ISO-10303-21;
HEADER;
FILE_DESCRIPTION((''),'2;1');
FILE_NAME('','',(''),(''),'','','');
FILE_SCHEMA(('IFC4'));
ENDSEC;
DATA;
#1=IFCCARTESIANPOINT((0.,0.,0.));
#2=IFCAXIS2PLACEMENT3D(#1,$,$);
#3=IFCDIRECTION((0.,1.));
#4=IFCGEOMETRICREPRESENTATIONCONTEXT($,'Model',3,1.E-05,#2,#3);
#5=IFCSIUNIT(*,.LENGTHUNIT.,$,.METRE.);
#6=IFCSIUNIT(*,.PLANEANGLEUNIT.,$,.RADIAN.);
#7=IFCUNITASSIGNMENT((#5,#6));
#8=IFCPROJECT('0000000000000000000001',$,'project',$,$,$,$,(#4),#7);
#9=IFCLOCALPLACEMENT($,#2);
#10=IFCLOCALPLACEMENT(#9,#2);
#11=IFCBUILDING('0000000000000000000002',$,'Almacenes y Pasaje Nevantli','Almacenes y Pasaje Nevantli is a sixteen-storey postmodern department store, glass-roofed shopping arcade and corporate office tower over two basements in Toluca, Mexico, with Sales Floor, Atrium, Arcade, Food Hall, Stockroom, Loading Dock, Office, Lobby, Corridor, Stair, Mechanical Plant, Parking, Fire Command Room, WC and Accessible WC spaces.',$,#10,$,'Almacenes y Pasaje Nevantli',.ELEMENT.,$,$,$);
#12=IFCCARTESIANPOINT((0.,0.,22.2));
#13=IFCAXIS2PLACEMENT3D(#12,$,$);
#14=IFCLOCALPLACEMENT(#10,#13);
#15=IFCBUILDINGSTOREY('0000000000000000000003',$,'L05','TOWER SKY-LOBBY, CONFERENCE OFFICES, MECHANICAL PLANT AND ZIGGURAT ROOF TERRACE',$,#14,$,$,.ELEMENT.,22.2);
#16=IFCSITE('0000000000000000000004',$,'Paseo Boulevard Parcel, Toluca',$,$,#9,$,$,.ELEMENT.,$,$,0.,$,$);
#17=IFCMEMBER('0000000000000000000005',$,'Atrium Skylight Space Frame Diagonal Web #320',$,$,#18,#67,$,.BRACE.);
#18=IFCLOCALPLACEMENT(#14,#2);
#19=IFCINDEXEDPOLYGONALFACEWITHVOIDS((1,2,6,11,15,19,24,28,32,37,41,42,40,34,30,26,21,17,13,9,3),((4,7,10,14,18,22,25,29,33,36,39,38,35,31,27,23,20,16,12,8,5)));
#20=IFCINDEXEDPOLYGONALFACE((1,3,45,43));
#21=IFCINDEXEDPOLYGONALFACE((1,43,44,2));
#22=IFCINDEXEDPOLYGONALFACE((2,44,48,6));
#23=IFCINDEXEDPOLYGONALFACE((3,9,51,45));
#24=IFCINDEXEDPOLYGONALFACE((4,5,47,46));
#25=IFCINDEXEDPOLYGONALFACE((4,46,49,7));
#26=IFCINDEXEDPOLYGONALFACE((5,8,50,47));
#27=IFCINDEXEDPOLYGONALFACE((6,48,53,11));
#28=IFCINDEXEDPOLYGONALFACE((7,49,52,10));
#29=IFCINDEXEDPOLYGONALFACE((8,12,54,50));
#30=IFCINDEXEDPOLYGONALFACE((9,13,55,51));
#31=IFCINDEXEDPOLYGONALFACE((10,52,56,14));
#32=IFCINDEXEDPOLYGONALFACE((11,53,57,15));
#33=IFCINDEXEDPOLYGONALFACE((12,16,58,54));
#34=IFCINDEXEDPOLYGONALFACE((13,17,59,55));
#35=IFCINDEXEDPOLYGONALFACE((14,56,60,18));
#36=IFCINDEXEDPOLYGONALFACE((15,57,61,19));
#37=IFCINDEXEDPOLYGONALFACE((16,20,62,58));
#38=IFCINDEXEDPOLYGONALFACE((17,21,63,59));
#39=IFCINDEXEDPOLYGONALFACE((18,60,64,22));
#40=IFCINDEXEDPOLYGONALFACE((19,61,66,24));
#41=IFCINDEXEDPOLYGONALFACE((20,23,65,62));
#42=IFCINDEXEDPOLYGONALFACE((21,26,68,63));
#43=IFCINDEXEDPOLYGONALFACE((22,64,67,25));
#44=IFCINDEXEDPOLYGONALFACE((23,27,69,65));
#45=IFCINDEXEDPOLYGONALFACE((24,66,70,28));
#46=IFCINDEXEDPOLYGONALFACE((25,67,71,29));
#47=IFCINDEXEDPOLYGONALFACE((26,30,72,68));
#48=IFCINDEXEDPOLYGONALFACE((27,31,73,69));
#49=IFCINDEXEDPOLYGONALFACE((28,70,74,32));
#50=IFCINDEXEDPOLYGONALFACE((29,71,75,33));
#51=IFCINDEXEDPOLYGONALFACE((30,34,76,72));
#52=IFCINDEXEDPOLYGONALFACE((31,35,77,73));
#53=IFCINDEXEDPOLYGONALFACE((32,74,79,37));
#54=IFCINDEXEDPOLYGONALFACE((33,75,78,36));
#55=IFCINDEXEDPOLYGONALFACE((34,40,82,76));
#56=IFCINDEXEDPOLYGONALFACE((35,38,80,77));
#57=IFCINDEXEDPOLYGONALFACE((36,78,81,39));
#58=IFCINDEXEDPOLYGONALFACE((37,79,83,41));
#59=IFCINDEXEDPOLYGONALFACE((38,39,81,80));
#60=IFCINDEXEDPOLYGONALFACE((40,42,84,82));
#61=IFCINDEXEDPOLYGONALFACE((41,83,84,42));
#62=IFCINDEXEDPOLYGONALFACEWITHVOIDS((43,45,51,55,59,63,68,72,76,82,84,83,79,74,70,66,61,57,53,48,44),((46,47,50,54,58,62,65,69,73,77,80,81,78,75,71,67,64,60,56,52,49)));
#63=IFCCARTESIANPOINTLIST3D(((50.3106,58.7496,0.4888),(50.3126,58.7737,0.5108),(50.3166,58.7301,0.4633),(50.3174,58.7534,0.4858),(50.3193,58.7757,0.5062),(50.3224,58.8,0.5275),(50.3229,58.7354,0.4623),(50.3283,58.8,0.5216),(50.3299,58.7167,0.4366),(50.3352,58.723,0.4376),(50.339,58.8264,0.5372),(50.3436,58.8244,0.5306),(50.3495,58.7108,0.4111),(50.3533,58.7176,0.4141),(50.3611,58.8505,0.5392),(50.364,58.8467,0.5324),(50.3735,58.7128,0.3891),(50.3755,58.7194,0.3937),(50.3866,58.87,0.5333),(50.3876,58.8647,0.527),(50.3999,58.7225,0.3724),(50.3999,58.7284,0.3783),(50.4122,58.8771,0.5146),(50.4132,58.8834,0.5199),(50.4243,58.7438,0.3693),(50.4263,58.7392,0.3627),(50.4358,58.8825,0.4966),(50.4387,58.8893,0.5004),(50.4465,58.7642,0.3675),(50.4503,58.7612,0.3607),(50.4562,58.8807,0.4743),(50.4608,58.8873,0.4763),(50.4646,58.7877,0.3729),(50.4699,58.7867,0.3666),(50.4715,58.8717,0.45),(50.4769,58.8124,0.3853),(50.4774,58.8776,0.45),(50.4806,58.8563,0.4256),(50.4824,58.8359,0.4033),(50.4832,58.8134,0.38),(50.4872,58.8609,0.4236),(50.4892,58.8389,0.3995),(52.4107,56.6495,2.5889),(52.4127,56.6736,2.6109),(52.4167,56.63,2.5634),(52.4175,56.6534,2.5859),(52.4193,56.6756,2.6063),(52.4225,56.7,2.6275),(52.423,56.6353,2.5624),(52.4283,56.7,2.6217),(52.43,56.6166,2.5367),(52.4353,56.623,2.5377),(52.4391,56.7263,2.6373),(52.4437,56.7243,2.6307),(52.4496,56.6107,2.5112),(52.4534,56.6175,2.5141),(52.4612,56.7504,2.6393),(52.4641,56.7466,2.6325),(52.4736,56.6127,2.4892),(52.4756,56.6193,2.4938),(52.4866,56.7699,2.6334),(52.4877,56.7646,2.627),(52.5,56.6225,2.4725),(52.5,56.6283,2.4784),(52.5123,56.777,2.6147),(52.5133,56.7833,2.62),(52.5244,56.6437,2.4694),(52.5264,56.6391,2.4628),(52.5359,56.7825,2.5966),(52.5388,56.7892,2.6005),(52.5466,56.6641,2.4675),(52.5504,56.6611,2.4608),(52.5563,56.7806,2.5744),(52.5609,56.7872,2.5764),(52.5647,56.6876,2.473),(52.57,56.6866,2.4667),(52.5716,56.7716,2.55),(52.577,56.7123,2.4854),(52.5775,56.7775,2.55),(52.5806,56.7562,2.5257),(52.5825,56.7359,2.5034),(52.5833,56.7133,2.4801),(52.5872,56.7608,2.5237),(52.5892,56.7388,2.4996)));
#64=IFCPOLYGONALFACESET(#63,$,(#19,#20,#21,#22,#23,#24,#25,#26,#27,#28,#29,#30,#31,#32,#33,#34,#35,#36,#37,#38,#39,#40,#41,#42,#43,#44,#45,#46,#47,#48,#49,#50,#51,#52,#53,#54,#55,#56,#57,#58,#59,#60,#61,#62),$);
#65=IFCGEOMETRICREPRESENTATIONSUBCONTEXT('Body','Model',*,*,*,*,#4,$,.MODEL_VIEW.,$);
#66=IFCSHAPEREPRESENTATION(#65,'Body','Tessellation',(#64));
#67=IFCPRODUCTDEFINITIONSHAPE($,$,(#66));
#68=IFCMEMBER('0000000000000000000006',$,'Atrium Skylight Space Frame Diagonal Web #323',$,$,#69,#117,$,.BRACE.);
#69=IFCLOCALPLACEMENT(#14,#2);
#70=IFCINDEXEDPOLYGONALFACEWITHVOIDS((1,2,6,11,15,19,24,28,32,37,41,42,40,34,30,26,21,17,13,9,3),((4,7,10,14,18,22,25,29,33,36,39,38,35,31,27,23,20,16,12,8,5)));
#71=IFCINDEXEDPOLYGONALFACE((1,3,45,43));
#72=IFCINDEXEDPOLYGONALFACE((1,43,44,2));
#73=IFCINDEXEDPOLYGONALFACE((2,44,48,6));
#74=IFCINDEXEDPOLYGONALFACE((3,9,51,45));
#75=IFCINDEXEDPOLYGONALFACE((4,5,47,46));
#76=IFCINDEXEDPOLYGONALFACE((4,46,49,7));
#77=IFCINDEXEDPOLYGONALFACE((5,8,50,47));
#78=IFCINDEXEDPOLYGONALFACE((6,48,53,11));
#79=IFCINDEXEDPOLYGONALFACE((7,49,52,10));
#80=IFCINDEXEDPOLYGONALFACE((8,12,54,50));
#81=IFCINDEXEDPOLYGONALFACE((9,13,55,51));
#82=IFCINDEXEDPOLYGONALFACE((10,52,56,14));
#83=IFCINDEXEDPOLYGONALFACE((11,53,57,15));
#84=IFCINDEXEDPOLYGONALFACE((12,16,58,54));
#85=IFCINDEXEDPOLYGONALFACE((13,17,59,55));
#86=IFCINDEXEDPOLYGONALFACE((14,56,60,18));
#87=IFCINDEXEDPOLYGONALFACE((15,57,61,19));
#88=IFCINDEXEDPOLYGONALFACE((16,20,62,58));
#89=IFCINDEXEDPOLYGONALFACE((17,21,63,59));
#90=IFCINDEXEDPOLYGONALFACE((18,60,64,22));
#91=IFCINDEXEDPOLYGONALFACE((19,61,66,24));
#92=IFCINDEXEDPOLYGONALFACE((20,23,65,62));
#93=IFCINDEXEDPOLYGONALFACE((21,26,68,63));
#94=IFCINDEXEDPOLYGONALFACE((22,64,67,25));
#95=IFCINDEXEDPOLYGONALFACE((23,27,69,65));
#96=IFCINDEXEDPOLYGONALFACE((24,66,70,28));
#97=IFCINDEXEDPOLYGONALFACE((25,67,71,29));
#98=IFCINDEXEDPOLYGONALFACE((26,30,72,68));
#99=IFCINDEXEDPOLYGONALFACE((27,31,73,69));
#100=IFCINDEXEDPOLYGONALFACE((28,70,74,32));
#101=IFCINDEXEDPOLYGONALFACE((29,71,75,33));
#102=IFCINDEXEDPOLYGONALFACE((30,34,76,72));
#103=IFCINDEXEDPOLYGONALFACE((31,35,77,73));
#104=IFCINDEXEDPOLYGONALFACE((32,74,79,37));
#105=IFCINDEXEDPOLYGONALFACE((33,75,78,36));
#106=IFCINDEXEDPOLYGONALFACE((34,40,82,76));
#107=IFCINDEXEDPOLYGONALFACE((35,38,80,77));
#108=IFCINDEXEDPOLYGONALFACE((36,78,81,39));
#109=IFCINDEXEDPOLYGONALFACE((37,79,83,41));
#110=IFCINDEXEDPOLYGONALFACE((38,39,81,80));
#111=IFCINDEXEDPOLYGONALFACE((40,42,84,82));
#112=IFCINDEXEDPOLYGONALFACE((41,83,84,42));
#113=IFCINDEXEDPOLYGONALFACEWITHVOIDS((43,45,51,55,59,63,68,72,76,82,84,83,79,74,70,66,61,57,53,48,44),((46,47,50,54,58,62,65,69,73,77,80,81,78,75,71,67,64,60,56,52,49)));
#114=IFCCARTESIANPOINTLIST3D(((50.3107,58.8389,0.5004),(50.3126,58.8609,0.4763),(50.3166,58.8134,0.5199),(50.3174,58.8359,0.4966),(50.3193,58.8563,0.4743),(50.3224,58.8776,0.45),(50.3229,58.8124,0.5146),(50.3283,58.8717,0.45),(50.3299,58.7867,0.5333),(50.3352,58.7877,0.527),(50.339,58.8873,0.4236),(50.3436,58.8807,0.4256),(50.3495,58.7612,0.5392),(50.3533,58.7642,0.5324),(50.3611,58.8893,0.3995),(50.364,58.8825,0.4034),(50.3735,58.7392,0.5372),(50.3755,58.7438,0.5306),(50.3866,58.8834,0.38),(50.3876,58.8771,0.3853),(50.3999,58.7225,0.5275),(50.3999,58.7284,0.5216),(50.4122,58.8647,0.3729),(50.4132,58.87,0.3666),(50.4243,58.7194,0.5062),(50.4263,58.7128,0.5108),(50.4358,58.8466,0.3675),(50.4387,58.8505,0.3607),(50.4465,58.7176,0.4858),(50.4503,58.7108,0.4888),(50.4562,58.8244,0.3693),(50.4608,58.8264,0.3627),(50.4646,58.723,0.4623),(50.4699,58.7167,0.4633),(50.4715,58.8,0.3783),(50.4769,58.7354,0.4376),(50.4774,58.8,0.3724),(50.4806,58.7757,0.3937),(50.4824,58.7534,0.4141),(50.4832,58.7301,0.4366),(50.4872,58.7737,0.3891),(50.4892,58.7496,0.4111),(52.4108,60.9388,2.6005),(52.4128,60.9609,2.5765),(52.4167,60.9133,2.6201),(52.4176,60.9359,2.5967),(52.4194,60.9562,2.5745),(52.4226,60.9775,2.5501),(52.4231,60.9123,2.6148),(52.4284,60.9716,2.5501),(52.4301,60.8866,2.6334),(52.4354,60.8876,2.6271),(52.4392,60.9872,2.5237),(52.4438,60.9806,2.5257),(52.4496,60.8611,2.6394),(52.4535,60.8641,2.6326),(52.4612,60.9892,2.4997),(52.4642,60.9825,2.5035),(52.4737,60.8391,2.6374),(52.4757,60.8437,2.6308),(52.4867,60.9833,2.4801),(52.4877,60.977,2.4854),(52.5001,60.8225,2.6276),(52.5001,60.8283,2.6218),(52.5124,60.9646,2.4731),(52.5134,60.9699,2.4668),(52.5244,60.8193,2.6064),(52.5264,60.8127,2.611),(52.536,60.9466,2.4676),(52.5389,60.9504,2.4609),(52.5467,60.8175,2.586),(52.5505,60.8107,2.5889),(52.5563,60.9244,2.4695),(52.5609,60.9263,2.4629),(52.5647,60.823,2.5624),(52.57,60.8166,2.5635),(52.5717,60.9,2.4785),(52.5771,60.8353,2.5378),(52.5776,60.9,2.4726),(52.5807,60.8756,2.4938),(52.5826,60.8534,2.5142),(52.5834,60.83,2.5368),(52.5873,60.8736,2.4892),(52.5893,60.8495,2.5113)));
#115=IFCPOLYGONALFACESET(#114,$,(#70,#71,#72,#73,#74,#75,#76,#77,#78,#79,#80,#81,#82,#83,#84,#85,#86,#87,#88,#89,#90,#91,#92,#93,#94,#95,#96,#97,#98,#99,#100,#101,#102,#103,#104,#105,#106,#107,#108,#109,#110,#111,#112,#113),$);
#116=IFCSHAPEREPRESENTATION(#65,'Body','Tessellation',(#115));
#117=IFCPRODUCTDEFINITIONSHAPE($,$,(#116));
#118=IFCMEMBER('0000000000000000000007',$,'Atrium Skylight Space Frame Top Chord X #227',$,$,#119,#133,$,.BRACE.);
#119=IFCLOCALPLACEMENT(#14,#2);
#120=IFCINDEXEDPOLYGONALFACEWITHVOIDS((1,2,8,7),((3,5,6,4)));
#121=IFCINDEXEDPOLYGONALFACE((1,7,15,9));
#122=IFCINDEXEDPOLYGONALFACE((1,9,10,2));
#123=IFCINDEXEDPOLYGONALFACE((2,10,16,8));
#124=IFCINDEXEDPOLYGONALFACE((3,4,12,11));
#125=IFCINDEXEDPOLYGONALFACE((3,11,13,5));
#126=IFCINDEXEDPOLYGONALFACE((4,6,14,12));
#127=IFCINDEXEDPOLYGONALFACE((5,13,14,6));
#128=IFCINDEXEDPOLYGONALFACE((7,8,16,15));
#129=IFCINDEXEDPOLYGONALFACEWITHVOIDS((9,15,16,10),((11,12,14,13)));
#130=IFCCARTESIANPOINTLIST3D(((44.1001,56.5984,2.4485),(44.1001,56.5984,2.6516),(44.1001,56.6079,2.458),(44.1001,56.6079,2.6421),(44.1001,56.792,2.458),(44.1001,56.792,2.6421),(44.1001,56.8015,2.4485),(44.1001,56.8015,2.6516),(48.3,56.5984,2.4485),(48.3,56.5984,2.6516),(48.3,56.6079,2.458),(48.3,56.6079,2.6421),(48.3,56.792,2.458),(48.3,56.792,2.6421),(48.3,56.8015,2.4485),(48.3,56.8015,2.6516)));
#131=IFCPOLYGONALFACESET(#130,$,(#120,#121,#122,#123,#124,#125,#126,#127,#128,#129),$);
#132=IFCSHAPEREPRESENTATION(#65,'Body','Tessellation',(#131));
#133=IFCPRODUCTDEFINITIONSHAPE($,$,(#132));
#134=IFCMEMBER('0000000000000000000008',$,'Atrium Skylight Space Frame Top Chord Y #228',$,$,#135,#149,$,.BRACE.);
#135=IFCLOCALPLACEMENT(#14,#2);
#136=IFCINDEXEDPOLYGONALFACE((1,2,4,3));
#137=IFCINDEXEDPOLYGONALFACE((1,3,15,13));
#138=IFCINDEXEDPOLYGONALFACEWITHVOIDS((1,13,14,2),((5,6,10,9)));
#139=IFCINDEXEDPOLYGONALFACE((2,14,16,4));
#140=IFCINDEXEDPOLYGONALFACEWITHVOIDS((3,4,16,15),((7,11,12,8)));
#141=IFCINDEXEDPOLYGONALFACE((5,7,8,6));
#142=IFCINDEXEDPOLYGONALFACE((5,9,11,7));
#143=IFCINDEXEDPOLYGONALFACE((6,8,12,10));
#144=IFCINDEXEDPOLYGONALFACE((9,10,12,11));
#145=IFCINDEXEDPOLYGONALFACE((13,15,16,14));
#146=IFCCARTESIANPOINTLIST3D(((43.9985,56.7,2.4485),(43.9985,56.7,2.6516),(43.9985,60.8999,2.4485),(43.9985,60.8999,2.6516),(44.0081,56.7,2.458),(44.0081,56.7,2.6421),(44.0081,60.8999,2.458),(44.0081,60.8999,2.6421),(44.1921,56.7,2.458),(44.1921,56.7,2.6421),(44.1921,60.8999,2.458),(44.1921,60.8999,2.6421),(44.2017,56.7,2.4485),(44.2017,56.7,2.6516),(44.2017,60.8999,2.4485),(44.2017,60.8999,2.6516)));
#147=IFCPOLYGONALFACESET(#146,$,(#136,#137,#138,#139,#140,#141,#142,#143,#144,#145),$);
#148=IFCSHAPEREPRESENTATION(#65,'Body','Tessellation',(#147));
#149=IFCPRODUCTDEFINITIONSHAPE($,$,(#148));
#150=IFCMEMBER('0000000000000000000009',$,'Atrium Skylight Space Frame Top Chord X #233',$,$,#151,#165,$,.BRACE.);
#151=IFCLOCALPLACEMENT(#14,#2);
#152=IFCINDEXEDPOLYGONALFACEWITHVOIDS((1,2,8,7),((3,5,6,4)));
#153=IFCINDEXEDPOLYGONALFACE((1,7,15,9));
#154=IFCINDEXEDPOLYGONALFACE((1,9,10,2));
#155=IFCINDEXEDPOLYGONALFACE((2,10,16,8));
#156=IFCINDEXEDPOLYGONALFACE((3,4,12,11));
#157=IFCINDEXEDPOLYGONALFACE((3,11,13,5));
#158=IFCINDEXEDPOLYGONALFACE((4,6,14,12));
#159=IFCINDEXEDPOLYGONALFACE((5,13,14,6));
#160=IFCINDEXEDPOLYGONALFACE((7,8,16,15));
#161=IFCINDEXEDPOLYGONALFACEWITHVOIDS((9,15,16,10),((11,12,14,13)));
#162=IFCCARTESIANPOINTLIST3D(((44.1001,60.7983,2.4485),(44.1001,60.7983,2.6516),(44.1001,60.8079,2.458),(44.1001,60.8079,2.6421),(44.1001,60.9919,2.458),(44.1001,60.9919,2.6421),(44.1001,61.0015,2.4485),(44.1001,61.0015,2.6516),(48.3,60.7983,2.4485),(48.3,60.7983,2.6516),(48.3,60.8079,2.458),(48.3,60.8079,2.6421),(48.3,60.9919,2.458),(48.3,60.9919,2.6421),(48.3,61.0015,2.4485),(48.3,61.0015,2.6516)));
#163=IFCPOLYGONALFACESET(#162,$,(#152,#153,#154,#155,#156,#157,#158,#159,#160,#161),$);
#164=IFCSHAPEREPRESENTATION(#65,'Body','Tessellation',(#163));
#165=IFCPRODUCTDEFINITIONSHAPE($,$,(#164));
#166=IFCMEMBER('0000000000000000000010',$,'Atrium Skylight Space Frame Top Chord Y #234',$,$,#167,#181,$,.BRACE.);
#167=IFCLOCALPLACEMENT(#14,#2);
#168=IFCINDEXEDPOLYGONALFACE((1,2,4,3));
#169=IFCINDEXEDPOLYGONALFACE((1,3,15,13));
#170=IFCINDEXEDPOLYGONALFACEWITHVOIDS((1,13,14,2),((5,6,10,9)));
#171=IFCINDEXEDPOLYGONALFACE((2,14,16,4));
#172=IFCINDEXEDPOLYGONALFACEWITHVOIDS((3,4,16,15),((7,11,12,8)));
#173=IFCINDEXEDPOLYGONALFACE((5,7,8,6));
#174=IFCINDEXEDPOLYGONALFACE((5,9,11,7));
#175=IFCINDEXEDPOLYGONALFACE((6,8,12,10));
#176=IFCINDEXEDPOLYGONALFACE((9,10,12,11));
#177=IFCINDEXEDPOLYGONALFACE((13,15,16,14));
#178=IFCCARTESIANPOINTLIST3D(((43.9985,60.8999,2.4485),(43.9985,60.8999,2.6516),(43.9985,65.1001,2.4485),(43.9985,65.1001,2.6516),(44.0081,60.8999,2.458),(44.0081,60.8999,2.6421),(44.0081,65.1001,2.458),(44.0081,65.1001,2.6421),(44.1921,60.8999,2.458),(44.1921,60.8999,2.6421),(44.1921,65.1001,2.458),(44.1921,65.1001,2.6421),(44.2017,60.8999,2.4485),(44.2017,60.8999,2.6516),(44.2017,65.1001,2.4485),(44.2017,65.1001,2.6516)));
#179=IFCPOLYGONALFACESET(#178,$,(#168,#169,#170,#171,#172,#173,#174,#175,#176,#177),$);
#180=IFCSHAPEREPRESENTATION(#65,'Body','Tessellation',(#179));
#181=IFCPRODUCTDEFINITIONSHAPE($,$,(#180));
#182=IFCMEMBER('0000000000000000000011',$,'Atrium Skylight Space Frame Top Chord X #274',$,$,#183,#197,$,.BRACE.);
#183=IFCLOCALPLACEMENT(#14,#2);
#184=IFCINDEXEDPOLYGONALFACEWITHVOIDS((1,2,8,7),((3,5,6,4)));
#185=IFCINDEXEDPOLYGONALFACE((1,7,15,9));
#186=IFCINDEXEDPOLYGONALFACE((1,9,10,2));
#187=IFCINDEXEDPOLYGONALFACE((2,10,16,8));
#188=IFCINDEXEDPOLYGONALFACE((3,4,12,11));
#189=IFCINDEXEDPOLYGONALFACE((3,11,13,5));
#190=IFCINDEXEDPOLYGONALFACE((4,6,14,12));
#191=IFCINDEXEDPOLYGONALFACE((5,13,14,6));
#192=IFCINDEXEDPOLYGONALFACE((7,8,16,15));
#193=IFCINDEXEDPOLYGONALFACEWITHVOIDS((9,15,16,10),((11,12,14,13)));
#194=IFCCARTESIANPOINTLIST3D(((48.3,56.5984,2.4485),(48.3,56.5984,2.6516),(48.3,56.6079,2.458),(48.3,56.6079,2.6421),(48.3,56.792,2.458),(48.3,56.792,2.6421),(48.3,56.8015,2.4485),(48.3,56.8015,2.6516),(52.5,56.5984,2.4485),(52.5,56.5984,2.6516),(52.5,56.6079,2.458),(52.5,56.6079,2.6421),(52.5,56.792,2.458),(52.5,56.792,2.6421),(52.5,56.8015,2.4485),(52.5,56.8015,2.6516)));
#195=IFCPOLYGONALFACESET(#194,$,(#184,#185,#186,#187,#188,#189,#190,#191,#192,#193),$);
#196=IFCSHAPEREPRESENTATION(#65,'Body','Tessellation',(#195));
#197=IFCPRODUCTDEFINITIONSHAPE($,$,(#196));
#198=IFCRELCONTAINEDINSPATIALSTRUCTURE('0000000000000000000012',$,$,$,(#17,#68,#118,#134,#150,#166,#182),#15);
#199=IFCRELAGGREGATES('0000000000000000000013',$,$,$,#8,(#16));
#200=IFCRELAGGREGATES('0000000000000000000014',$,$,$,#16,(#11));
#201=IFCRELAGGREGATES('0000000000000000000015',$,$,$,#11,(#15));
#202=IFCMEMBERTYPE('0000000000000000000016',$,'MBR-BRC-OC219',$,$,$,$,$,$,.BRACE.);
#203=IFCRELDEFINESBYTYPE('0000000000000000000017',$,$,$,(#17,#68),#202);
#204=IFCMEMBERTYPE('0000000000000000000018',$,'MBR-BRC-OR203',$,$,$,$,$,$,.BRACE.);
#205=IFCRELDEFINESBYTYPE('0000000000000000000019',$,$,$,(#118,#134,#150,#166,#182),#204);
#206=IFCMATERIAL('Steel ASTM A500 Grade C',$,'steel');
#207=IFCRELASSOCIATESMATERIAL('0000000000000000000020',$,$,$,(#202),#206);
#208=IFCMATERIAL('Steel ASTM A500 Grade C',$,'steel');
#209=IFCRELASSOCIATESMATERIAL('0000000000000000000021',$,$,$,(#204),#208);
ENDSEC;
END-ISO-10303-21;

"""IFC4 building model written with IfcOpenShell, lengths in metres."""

from ifc_helpers import new_model, si_unit, direction, frame, origin, origin_2d, place, context, subcontext, project, spatial, hollow_rectangle, hollow_circle, extrude, material, material_profile, profile_set, type_object, element, save


model = new_model("IFC4")

# Units and contexts
model_context = context("Model", 3, precision=1e-05, world=origin(), true_north=direction((0.0, 1.0)))
body_context = subcontext(model_context, "Body", "Model", "MODEL_VIEW")
ifc_project = project(units=[si_unit("LENGTHUNIT", "METRE"), si_unit("PLANEANGLEUNIT", "RADIAN")], contexts=[model_context])

# Site, building, storey
site_placement = place(None, origin())
site = spatial("IfcSite", under=ifc_project, at=site_placement, Name="Paseo Boulevard Parcel, Toluca", CompositionType="ELEMENT", RefElevation=0.0)
building_placement = place(site_placement, origin())
building = spatial("IfcBuilding", under=site, at=building_placement, Name="Almacenes y Pasaje Nevantli", Description="Almacenes y Pasaje Nevantli is a sixteen-storey postmodern department store, glass-roofed shopping arcade and corporate office tower over two basements in Toluca, Mexico, with Sales Floor, Atrium, Arcade, Food Hall, Stockroom, Loading Dock, Office, Lobby, Corridor, Stair, Mechanical Plant, Parking, Fire Command Room, WC and Accessible WC spaces.", LongName="Almacenes y Pasaje Nevantli", CompositionType="ELEMENT")
storey_placement = place(building_placement, frame((0.0, 0.0, 22.2)))
storey = spatial("IfcBuildingStorey", under=building, at=storey_placement, Name="L05", Description="TOWER SKY-LOBBY, CONFERENCE OFFICES, MECHANICAL PLANT AND ZIGGURAT ROOF TERRACE", CompositionType="ELEMENT", Elevation=22.2)

# Members
ifc_material_1 = material(Name="Steel ASTM A500 Grade C", Category="steel")
ifc_material_profile_1 = material_profile(ifc_material_1, hollow_circle(Radius=0.1096, WallThickness=0.0083, at=origin_2d()), Name="OC 219x8.2")
ifc_profile_set_1 = profile_set([ifc_material_profile_1], Name="Steel ASTM A500 Grade C")
member_type_1 = type_object("IfcMemberType", Name="MBR-BRC-OC219", PredefinedType="BRACE", material=ifc_profile_set_1)
for number, where, z_axis, x_axis, name in (
    (1, (50.3999, 58.8, 0.45), (0.57735, -0.57735, 0.57735), (0.707107, 0.707107, 0.0), "Atrium Skylight Space Frame Diagonal Web #320"),
    (2, (50.3999, 58.8, 0.45), (0.577373, 0.577306, 0.577373), (-0.707066, 0.707148, 0.0), "Atrium Skylight Space Frame Diagonal Web #323"),
):
    element("IfcMember", number, at=place(storey_placement, frame(where, z_axis=z_axis, x_axis=x_axis)), inside=storey, type_object=member_type_1, Name=name, PredefinedType="BRACE", context=body_context, shape_type="SweptSolid", body=[
        extrude(hollow_circle(Radius=0.1096, WallThickness=0.0083, at=origin_2d()), origin(), (0.0, 0.0, 1.0), 3.6375),
    ])
ifc_material_2 = material(Name="Steel ASTM A500 Grade C", Category="steel")
ifc_material_profile_2 = material_profile(ifc_material_2, hollow_rectangle(XDim=0.2031, YDim=0.2031, WallThickness=0.0095, at=origin_2d()), Name="OR 203x203x9.5")
ifc_profile_set_2 = profile_set([ifc_material_profile_2], Name="Steel ASTM A500 Grade C")
member_type_2 = type_object("IfcMemberType", Name="MBR-BRC-OR203", PredefinedType="BRACE", material=ifc_profile_set_2)
for number, where, z_axis, x_axis, name in (
    (3, (44.1001, 56.7, 2.55), (1.0, 0.0, 0.0), (0.0, 1.0, 0.0), "Atrium Skylight Space Frame Top Chord X #227"),
    (4, (44.1001, 56.7, 2.55), (0.0, 1.0, 0.0), (-1.0, 0.0, 0.0), "Atrium Skylight Space Frame Top Chord Y #228"),
    (5, (44.1001, 60.8999, 2.55), (1.0, 0.0, 0.0), (0.0, 1.0, 0.0), "Atrium Skylight Space Frame Top Chord X #233"),
):
    element("IfcMember", number, at=place(storey_placement, frame(where, z_axis=z_axis, x_axis=x_axis)), inside=storey, type_object=member_type_2, Name=name, PredefinedType="BRACE", context=body_context, shape_type="SweptSolid", body=[
        extrude(hollow_rectangle(XDim=0.2031, YDim=0.2031, WallThickness=0.0095, at=origin_2d()), origin(), (0.0, 0.0, 1.0), 4.2),
    ])
member_1_placement = place(storey_placement, frame((44.1001, 60.8999, 2.55), z_axis=(0.0, 1.0, 0.0), x_axis=(-1.0, 0.0, 0.0)))
element("IfcMember", 6, at=member_1_placement, inside=storey, type_object=member_type_2, Name="Atrium Skylight Space Frame Top Chord Y #234", PredefinedType="BRACE", context=body_context, shape_type="SweptSolid", body=[
    extrude(hollow_rectangle(XDim=0.2031, YDim=0.2031, WallThickness=0.0095, at=origin_2d()), origin(), (0.0, 0.0, 1.0), 4.2002),
])
for number, where, z_axis, x_axis, name in (
    (7, (48.3, 56.7, 2.55), (1.0, 0.0, 0.0), (0.0, 1.0, 0.0), "Atrium Skylight Space Frame Top Chord X #274"),
):
    element("IfcMember", number, at=place(storey_placement, frame(where, z_axis=z_axis, x_axis=x_axis)), inside=storey, type_object=member_type_2, Name=name, PredefinedType="BRACE", context=body_context, shape_type="SweptSolid", body=[
        extrude(hollow_rectangle(XDim=0.2031, YDim=0.2031, WallThickness=0.0095, at=origin_2d()), origin(), (0.0, 0.0, 1.0), 4.2),
    ])

save(model, "model.ifc")
